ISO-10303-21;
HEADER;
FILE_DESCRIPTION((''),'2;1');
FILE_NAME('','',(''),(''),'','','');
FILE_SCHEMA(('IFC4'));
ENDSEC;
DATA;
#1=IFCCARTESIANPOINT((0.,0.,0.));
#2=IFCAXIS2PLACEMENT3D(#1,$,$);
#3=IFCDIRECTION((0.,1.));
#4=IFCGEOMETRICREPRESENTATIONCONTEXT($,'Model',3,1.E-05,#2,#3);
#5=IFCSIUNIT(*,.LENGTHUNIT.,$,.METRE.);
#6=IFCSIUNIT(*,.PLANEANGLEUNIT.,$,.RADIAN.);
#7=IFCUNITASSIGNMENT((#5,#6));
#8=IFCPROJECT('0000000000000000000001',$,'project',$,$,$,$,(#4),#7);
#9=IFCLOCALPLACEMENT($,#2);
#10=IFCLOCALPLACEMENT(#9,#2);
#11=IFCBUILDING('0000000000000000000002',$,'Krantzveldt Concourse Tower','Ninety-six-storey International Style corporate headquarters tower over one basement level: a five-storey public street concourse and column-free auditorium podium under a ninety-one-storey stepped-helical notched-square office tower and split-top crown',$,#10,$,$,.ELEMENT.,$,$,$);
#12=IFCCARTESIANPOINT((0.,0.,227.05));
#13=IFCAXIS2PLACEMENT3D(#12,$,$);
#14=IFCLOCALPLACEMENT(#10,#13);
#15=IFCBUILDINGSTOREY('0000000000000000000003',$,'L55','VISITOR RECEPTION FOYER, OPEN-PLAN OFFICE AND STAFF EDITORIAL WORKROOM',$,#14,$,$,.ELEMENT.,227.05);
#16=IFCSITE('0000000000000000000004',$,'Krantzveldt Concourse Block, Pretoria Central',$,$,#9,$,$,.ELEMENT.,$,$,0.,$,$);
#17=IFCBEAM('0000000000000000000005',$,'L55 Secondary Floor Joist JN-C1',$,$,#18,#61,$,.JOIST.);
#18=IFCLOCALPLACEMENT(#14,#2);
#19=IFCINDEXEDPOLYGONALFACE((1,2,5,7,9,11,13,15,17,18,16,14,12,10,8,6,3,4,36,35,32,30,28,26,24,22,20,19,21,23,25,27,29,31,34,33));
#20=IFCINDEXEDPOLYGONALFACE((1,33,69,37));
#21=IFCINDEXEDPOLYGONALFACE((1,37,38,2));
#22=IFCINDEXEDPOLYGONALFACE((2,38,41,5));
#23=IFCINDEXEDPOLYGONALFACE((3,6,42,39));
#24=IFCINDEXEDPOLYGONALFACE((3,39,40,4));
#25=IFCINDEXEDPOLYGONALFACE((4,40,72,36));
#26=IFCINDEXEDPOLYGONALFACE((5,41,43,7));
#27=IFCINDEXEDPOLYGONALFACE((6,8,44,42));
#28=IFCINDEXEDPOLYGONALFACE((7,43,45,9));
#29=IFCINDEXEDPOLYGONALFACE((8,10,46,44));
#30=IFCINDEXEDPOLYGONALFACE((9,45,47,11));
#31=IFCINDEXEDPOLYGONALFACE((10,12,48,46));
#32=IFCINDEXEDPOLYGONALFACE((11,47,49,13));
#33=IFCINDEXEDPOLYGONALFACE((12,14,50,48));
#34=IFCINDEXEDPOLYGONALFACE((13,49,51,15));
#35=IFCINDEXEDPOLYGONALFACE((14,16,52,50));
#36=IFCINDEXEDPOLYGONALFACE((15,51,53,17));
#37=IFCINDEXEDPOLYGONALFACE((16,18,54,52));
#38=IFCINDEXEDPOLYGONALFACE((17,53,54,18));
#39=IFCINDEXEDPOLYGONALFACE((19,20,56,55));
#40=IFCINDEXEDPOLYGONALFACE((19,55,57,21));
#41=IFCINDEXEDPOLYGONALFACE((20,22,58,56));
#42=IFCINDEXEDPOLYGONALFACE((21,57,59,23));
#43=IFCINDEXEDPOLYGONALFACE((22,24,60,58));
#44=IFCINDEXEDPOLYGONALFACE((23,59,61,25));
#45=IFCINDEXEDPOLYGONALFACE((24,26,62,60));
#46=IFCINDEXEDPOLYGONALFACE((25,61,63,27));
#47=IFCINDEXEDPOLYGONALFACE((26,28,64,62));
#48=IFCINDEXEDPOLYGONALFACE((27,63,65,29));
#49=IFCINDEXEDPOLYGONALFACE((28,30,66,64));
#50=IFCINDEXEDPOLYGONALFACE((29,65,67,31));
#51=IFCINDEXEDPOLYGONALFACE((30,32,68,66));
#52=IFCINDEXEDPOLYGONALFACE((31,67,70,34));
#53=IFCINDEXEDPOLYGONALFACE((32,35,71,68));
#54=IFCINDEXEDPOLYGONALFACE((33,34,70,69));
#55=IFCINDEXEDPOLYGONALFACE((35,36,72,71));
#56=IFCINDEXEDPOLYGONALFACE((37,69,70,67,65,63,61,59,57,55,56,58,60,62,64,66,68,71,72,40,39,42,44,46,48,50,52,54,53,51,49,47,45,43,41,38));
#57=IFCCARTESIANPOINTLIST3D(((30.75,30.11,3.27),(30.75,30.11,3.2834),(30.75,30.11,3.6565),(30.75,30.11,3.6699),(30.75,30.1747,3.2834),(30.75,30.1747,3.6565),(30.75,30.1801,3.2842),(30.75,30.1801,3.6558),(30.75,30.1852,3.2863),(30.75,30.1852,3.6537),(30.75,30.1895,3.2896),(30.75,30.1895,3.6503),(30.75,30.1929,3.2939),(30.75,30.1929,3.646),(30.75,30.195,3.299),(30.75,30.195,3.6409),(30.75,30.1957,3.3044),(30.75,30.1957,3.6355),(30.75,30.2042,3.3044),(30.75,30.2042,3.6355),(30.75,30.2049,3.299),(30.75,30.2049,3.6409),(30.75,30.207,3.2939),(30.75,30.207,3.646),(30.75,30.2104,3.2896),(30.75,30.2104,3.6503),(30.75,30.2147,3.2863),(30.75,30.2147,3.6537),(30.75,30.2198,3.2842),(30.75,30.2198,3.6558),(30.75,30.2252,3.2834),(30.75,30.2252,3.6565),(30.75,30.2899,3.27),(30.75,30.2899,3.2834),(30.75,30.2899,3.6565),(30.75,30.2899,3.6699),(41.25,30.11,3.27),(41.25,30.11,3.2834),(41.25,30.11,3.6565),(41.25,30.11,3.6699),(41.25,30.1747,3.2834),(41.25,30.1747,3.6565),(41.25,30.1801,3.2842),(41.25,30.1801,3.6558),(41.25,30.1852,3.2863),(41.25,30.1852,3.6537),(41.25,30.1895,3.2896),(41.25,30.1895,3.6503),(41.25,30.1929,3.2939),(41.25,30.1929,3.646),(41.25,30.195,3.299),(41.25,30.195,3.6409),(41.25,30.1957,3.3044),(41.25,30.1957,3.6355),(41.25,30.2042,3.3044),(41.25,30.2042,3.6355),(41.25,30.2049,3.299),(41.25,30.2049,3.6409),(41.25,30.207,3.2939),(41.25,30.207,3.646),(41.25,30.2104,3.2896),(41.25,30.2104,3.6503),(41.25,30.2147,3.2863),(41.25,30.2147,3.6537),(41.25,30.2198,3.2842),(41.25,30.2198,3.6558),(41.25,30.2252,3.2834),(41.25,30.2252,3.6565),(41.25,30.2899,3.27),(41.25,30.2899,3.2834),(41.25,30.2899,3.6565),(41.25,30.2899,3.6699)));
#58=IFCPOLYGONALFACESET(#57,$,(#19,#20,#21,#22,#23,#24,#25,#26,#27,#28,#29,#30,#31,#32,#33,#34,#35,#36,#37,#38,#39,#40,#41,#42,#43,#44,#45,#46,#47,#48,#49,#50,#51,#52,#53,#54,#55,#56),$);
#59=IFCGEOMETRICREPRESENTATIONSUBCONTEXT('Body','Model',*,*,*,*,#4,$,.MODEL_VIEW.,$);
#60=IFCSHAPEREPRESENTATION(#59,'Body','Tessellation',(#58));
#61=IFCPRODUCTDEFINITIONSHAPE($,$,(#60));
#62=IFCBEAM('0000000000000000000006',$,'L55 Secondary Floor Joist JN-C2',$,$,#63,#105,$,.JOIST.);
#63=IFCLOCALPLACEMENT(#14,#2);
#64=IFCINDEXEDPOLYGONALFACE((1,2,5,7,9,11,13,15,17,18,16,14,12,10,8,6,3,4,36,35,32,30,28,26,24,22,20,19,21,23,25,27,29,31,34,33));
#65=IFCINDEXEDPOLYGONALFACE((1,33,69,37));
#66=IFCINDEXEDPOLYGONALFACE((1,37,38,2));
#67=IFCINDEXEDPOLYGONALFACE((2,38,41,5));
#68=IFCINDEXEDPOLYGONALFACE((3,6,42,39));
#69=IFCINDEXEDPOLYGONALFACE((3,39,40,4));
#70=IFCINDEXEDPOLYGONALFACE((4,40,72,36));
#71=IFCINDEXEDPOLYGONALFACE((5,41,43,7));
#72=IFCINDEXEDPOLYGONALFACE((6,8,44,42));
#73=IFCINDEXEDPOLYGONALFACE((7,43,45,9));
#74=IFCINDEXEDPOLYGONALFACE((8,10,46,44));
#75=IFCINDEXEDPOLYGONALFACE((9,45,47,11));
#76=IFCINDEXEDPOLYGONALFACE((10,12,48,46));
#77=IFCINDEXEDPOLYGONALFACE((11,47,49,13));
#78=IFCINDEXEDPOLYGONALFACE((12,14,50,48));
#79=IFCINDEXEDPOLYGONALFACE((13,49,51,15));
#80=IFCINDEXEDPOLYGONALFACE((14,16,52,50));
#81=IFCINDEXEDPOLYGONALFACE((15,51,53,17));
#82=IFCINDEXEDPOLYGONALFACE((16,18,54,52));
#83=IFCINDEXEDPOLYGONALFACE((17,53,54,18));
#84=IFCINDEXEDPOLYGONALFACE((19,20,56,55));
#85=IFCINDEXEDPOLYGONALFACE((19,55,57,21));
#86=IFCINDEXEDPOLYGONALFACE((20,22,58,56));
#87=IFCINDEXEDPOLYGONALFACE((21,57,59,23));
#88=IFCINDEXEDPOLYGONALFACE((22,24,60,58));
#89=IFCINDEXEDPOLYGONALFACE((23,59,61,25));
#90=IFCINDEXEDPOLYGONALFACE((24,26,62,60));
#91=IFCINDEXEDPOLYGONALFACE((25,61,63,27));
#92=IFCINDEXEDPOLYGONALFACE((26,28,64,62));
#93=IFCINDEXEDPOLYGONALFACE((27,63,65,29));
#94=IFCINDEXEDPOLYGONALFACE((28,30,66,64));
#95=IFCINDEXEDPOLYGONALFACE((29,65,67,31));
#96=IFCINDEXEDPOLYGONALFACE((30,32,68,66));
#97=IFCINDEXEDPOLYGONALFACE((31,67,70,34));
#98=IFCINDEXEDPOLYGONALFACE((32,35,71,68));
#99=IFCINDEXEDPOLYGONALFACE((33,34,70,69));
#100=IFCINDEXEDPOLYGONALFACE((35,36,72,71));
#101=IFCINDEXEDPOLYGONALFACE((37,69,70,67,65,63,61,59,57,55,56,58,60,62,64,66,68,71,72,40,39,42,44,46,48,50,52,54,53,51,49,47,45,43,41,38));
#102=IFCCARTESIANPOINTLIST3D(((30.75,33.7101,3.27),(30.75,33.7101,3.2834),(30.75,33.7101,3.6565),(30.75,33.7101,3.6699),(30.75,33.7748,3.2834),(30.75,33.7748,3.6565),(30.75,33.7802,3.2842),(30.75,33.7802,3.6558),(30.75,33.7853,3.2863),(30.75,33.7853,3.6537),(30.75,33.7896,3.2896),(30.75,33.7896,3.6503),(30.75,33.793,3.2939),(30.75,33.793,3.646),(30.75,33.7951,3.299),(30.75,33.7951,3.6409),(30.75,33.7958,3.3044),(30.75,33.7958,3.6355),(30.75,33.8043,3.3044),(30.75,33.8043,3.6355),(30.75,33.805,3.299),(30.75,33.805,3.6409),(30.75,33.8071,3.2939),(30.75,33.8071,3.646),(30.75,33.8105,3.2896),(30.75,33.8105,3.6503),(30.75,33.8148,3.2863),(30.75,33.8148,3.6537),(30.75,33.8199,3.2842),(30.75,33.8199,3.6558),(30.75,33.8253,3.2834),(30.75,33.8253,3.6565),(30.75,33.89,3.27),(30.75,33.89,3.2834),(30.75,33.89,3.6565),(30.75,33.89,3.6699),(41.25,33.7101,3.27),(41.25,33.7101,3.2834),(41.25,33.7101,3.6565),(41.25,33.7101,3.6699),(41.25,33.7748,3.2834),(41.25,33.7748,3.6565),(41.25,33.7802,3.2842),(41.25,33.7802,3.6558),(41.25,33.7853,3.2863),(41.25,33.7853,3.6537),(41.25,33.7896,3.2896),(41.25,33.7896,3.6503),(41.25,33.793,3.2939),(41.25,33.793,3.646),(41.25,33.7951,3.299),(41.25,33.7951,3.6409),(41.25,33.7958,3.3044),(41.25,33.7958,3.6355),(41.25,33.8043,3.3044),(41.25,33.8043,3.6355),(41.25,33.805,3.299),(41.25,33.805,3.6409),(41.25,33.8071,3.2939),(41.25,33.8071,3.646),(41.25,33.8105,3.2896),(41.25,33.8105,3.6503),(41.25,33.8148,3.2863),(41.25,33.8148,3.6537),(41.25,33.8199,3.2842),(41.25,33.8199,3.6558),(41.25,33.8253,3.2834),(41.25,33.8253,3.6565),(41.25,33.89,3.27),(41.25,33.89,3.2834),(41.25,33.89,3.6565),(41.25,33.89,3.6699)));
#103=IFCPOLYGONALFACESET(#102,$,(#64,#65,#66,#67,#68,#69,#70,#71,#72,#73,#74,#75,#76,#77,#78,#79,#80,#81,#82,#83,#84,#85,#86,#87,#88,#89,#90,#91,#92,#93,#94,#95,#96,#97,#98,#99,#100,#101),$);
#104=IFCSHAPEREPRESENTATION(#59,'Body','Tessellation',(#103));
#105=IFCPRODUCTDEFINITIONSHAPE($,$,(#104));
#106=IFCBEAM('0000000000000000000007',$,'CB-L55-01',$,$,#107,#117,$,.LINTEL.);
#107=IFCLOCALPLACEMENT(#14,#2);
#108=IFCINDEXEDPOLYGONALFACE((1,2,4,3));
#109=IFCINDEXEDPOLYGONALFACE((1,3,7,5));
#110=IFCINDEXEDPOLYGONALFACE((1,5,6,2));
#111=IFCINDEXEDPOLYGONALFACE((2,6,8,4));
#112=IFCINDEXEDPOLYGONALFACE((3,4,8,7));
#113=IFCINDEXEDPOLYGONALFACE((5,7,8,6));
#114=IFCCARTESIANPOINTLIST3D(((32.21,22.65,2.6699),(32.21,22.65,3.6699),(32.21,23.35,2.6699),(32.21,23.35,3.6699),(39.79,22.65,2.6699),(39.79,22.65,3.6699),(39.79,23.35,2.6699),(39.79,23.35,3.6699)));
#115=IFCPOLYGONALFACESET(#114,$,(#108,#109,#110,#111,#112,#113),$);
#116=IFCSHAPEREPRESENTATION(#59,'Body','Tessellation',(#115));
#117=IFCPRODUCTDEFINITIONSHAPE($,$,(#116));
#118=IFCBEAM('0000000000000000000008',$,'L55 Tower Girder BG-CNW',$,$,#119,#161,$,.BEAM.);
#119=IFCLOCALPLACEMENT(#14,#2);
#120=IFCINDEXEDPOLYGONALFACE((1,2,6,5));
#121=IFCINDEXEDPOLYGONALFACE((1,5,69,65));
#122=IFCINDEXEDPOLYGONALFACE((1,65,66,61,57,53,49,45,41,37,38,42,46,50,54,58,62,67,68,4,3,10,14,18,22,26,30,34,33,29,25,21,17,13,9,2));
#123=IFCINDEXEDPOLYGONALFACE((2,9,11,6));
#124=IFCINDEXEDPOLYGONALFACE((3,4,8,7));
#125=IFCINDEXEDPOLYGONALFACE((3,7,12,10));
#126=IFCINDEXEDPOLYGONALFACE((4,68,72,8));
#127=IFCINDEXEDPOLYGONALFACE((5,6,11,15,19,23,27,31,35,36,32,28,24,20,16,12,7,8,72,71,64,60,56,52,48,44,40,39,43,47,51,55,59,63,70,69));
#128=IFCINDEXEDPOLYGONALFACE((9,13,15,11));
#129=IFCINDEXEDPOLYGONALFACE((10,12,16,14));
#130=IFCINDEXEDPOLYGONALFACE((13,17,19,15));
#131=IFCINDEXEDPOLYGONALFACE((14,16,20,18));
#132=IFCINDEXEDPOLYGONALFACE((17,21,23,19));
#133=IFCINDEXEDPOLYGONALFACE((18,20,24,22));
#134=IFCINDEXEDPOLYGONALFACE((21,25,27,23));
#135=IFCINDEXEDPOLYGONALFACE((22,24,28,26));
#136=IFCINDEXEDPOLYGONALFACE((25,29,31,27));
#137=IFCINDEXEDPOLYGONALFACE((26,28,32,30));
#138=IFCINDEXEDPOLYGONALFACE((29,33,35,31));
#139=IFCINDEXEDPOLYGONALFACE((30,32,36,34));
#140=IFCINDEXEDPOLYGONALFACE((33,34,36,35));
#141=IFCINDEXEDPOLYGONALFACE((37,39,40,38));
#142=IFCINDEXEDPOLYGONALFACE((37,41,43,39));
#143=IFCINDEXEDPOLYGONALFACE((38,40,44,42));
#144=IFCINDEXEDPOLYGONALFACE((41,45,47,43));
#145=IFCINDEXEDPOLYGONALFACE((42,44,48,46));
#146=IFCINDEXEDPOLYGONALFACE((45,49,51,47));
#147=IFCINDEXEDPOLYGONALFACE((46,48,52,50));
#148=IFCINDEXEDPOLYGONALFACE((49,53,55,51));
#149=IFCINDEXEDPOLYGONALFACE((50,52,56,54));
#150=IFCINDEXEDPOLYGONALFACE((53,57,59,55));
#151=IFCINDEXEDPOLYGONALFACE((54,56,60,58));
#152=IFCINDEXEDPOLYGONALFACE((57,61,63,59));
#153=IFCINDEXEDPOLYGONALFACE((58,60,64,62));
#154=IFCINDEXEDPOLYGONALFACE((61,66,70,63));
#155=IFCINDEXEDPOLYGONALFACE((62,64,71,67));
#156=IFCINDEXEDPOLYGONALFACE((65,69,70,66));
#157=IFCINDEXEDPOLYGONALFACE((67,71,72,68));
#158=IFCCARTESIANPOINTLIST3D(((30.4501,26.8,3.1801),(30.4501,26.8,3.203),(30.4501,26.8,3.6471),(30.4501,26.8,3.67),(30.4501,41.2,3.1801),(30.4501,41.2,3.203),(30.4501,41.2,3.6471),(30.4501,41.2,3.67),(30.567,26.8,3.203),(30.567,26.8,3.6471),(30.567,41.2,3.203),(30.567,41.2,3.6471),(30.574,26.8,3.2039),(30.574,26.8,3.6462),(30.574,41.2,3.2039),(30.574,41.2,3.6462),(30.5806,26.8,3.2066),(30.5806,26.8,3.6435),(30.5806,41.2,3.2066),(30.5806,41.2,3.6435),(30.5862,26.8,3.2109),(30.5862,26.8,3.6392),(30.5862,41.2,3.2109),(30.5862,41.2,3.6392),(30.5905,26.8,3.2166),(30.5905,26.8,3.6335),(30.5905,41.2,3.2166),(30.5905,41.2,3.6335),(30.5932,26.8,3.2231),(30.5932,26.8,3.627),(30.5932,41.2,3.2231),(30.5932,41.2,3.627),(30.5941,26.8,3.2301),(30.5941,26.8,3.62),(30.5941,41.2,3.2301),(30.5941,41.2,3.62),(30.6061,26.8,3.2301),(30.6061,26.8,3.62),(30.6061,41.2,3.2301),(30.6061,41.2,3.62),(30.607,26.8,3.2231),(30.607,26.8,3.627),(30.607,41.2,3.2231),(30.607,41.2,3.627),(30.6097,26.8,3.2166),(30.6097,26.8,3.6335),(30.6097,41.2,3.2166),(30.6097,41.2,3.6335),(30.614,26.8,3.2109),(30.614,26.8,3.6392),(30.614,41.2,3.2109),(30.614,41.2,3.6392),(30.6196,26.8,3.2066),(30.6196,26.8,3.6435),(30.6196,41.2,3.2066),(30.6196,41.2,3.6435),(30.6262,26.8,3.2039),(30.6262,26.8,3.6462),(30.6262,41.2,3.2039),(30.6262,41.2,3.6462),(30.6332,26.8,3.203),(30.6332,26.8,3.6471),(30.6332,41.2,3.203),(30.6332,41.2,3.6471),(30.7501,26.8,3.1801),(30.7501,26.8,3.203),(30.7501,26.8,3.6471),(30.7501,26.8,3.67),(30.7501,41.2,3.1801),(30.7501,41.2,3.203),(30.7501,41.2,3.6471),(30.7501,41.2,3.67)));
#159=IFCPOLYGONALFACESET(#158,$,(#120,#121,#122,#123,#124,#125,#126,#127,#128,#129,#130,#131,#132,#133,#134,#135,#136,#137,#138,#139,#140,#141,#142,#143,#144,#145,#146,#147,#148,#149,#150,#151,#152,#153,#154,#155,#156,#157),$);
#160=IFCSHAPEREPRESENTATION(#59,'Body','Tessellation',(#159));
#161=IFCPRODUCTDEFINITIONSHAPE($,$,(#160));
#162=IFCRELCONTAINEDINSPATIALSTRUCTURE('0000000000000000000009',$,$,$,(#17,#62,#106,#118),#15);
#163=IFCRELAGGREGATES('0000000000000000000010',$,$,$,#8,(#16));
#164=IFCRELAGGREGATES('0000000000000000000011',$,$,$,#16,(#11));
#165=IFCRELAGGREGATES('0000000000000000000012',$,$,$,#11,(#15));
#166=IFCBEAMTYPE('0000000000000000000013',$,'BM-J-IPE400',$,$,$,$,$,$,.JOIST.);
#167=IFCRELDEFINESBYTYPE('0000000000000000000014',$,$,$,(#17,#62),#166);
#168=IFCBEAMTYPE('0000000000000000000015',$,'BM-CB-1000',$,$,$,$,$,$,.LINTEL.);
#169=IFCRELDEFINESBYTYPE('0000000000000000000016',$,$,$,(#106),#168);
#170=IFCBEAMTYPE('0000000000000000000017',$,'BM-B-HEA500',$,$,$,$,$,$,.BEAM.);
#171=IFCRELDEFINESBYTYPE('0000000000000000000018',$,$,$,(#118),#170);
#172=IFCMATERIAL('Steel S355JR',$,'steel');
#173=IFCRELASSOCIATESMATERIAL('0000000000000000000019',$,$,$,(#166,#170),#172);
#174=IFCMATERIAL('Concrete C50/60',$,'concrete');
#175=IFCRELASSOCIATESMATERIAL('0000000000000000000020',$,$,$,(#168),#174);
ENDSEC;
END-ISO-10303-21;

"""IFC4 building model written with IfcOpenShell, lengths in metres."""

from ifc_helpers import new_model, si_unit, direction, frame, origin, origin_2d, place, context, subcontext, project, spatial, rectangle, i_section, extrude, source, transform, mapped, material, material_profile, profile_set, type_object, type_shapes, element, save


model = new_model("IFC4")

# Units and contexts
model_context = context("Model", 3, precision=1e-05, world=origin(), true_north=direction((0.0, 1.0)))
body_context = subcontext(model_context, "Body", "Model", "MODEL_VIEW")
ifc_project = project(units=[si_unit("LENGTHUNIT", "METRE"), si_unit("PLANEANGLEUNIT", "RADIAN")], contexts=[model_context])

# Site, building, storey
site_placement = place(None, origin())
site = spatial("IfcSite", under=ifc_project, at=site_placement, Name="Krantzveldt Concourse Block, Pretoria Central", CompositionType="ELEMENT", RefElevation=0.0)
building_placement = place(site_placement, origin())
building = spatial("IfcBuilding", under=site, at=building_placement, Name="Krantzveldt Concourse Tower", Description="Ninety-six-storey International Style corporate headquarters tower over one basement level: a five-storey public street concourse and column-free auditorium podium under a ninety-one-storey stepped-helical notched-square office tower and split-top crown", CompositionType="ELEMENT")
storey_placement = place(building_placement, frame((0.0, 0.0, 227.05)))
storey = spatial("IfcBuildingStorey", under=building, at=storey_placement, Name="L55", Description="VISITOR RECEPTION FOYER, OPEN-PLAN OFFICE AND STAFF EDITORIAL WORKROOM", CompositionType="ELEMENT", Elevation=227.05)

# Beams
ifc_material_1 = material(Name="Steel S355JR", Category="steel")
ifc_material_profile_1 = material_profile(ifc_material_1, i_section(OverallWidth=0.1799, OverallDepth=0.3999, WebThickness=0.0085, FlangeThickness=0.0134, FilletRadius=0.021, at=origin_2d()), Name="Steel S355JR", Category="steel")
ifc_profile_set_1 = profile_set([ifc_material_profile_1], Name="Steel S355JR - IPE 400")
beam_type_1 = type_object("IfcBeamType", Name="BM-J-IPE400", PredefinedType="JOIST", material=ifc_profile_set_1)
shared_shape_1 = source(origin(), body_context, "Body", "SweptSolid", [
    extrude(i_section(OverallWidth=0.1799, OverallDepth=0.3999, WebThickness=0.0085, FlangeThickness=0.0134, FilletRadius=0.021, at=origin_2d()), origin(), (0.0, 0.0, 1.0), 10.5),
])
for number, where, z_axis, x_axis, name in (
    (1, (30.75, 30.2, 3.47), (1.0, 0.0, 0.0), (0.0, 1.0, 0.0), "L55 Secondary Floor Joist JN-C1"),
    (2, (30.75, 33.8, 3.47), (1.0, 0.0, 0.0), (0.0, 1.0, 0.0), "L55 Secondary Floor Joist JN-C2"),
):
    element("IfcBeam", number, at=place(storey_placement, frame(where, z_axis=z_axis, x_axis=x_axis)), inside=storey, type_object=beam_type_1, Name=name, PredefinedType="JOIST", context=body_context, shape_type="MappedRepresentation", body=[
        mapped(shared_shape_1, transform((0.0, 0.0, 0.0), x_axis=(1.0, 0.0, 0.0), y_axis=(0.0, 1.0, 0.0), z_axis=(0.0, 0.0, 1.0), scale=1.0)),
    ])
ifc_material_2 = material(Name="Concrete C50/60", Category="concrete")
ifc_material_profile_2 = material_profile(ifc_material_2, rectangle(XDim=0.7, YDim=1.0, at=origin_2d()), Name="Concrete C50/60", Category="concrete")
ifc_profile_set_2 = profile_set([ifc_material_profile_2], Name="Concrete C50/60 - RC-CB 700x1000")
beam_type_2 = type_object("IfcBeamType", Name="BM-CB-1000", PredefinedType="LINTEL", material=ifc_profile_set_2)
shared_shape_2 = source(origin(), body_context, "Body", "SweptSolid", [
    extrude(rectangle(XDim=0.7, YDim=1.0, at=origin_2d()), origin(), (0.0, 0.0, 1.0), 7.5801),
])
type_shapes(beam_type_2, [shared_shape_2])
beam_1_placement = place(storey_placement, frame((32.21, 23.0, 3.1699), z_axis=(1.0, 0.0, 0.0), x_axis=(0.0, 1.0, 0.0)))
element("IfcBeam", 3, at=beam_1_placement, inside=storey, type_object=beam_type_2, Name="CB-L55-01", PredefinedType="LINTEL", context=body_context, shape_type="MappedRepresentation", body=[
    mapped(shared_shape_2, transform((0.0, 0.0, 0.0), x_axis=(1.0, 0.0, 0.0), y_axis=(0.0, 1.0, 0.0), z_axis=(0.0, 0.0, 1.0), scale=1.0)),
])
ifc_material_profile_3 = material_profile(ifc_material_1, i_section(OverallWidth=0.3, OverallDepth=0.49, WebThickness=0.012, FlangeThickness=0.0229, FilletRadius=0.0271, at=origin_2d()), Name="Steel S355JR", Category="steel")
ifc_profile_set_3 = profile_set([ifc_material_profile_3], Name="Steel S355JR - HEA 500")
beam_type_3 = type_object("IfcBeamType", Name="BM-B-HEA500", PredefinedType="BEAM", material=ifc_profile_set_3)
shared_shape_3 = source(origin(), body_context, "Body", "SweptSolid", [
    extrude(i_section(OverallWidth=0.3, OverallDepth=0.49, WebThickness=0.012, FlangeThickness=0.0229, FilletRadius=0.0271, at=origin_2d()), origin(), (0.0, 0.0, 1.0), 14.3999),
])
type_shapes(beam_type_3, [shared_shape_3])
beam_2_placement = place(storey_placement, frame((30.6001, 26.8, 3.425), z_axis=(0.0, 1.0, 0.0), x_axis=(-1.0, 0.0, 0.0)))
element("IfcBeam", 4, at=beam_2_placement, inside=storey, type_object=beam_type_3, Name="L55 Tower Girder BG-CNW", PredefinedType="BEAM", context=body_context, shape_type="MappedRepresentation", body=[
    mapped(shared_shape_3, transform((0.0, 0.0, 0.0), x_axis=(1.0, 0.0, 0.0), y_axis=(0.0, 1.0, 0.0), z_axis=(0.0, 0.0, 1.0), scale=1.0)),
])

save(model, "model.ifc")
